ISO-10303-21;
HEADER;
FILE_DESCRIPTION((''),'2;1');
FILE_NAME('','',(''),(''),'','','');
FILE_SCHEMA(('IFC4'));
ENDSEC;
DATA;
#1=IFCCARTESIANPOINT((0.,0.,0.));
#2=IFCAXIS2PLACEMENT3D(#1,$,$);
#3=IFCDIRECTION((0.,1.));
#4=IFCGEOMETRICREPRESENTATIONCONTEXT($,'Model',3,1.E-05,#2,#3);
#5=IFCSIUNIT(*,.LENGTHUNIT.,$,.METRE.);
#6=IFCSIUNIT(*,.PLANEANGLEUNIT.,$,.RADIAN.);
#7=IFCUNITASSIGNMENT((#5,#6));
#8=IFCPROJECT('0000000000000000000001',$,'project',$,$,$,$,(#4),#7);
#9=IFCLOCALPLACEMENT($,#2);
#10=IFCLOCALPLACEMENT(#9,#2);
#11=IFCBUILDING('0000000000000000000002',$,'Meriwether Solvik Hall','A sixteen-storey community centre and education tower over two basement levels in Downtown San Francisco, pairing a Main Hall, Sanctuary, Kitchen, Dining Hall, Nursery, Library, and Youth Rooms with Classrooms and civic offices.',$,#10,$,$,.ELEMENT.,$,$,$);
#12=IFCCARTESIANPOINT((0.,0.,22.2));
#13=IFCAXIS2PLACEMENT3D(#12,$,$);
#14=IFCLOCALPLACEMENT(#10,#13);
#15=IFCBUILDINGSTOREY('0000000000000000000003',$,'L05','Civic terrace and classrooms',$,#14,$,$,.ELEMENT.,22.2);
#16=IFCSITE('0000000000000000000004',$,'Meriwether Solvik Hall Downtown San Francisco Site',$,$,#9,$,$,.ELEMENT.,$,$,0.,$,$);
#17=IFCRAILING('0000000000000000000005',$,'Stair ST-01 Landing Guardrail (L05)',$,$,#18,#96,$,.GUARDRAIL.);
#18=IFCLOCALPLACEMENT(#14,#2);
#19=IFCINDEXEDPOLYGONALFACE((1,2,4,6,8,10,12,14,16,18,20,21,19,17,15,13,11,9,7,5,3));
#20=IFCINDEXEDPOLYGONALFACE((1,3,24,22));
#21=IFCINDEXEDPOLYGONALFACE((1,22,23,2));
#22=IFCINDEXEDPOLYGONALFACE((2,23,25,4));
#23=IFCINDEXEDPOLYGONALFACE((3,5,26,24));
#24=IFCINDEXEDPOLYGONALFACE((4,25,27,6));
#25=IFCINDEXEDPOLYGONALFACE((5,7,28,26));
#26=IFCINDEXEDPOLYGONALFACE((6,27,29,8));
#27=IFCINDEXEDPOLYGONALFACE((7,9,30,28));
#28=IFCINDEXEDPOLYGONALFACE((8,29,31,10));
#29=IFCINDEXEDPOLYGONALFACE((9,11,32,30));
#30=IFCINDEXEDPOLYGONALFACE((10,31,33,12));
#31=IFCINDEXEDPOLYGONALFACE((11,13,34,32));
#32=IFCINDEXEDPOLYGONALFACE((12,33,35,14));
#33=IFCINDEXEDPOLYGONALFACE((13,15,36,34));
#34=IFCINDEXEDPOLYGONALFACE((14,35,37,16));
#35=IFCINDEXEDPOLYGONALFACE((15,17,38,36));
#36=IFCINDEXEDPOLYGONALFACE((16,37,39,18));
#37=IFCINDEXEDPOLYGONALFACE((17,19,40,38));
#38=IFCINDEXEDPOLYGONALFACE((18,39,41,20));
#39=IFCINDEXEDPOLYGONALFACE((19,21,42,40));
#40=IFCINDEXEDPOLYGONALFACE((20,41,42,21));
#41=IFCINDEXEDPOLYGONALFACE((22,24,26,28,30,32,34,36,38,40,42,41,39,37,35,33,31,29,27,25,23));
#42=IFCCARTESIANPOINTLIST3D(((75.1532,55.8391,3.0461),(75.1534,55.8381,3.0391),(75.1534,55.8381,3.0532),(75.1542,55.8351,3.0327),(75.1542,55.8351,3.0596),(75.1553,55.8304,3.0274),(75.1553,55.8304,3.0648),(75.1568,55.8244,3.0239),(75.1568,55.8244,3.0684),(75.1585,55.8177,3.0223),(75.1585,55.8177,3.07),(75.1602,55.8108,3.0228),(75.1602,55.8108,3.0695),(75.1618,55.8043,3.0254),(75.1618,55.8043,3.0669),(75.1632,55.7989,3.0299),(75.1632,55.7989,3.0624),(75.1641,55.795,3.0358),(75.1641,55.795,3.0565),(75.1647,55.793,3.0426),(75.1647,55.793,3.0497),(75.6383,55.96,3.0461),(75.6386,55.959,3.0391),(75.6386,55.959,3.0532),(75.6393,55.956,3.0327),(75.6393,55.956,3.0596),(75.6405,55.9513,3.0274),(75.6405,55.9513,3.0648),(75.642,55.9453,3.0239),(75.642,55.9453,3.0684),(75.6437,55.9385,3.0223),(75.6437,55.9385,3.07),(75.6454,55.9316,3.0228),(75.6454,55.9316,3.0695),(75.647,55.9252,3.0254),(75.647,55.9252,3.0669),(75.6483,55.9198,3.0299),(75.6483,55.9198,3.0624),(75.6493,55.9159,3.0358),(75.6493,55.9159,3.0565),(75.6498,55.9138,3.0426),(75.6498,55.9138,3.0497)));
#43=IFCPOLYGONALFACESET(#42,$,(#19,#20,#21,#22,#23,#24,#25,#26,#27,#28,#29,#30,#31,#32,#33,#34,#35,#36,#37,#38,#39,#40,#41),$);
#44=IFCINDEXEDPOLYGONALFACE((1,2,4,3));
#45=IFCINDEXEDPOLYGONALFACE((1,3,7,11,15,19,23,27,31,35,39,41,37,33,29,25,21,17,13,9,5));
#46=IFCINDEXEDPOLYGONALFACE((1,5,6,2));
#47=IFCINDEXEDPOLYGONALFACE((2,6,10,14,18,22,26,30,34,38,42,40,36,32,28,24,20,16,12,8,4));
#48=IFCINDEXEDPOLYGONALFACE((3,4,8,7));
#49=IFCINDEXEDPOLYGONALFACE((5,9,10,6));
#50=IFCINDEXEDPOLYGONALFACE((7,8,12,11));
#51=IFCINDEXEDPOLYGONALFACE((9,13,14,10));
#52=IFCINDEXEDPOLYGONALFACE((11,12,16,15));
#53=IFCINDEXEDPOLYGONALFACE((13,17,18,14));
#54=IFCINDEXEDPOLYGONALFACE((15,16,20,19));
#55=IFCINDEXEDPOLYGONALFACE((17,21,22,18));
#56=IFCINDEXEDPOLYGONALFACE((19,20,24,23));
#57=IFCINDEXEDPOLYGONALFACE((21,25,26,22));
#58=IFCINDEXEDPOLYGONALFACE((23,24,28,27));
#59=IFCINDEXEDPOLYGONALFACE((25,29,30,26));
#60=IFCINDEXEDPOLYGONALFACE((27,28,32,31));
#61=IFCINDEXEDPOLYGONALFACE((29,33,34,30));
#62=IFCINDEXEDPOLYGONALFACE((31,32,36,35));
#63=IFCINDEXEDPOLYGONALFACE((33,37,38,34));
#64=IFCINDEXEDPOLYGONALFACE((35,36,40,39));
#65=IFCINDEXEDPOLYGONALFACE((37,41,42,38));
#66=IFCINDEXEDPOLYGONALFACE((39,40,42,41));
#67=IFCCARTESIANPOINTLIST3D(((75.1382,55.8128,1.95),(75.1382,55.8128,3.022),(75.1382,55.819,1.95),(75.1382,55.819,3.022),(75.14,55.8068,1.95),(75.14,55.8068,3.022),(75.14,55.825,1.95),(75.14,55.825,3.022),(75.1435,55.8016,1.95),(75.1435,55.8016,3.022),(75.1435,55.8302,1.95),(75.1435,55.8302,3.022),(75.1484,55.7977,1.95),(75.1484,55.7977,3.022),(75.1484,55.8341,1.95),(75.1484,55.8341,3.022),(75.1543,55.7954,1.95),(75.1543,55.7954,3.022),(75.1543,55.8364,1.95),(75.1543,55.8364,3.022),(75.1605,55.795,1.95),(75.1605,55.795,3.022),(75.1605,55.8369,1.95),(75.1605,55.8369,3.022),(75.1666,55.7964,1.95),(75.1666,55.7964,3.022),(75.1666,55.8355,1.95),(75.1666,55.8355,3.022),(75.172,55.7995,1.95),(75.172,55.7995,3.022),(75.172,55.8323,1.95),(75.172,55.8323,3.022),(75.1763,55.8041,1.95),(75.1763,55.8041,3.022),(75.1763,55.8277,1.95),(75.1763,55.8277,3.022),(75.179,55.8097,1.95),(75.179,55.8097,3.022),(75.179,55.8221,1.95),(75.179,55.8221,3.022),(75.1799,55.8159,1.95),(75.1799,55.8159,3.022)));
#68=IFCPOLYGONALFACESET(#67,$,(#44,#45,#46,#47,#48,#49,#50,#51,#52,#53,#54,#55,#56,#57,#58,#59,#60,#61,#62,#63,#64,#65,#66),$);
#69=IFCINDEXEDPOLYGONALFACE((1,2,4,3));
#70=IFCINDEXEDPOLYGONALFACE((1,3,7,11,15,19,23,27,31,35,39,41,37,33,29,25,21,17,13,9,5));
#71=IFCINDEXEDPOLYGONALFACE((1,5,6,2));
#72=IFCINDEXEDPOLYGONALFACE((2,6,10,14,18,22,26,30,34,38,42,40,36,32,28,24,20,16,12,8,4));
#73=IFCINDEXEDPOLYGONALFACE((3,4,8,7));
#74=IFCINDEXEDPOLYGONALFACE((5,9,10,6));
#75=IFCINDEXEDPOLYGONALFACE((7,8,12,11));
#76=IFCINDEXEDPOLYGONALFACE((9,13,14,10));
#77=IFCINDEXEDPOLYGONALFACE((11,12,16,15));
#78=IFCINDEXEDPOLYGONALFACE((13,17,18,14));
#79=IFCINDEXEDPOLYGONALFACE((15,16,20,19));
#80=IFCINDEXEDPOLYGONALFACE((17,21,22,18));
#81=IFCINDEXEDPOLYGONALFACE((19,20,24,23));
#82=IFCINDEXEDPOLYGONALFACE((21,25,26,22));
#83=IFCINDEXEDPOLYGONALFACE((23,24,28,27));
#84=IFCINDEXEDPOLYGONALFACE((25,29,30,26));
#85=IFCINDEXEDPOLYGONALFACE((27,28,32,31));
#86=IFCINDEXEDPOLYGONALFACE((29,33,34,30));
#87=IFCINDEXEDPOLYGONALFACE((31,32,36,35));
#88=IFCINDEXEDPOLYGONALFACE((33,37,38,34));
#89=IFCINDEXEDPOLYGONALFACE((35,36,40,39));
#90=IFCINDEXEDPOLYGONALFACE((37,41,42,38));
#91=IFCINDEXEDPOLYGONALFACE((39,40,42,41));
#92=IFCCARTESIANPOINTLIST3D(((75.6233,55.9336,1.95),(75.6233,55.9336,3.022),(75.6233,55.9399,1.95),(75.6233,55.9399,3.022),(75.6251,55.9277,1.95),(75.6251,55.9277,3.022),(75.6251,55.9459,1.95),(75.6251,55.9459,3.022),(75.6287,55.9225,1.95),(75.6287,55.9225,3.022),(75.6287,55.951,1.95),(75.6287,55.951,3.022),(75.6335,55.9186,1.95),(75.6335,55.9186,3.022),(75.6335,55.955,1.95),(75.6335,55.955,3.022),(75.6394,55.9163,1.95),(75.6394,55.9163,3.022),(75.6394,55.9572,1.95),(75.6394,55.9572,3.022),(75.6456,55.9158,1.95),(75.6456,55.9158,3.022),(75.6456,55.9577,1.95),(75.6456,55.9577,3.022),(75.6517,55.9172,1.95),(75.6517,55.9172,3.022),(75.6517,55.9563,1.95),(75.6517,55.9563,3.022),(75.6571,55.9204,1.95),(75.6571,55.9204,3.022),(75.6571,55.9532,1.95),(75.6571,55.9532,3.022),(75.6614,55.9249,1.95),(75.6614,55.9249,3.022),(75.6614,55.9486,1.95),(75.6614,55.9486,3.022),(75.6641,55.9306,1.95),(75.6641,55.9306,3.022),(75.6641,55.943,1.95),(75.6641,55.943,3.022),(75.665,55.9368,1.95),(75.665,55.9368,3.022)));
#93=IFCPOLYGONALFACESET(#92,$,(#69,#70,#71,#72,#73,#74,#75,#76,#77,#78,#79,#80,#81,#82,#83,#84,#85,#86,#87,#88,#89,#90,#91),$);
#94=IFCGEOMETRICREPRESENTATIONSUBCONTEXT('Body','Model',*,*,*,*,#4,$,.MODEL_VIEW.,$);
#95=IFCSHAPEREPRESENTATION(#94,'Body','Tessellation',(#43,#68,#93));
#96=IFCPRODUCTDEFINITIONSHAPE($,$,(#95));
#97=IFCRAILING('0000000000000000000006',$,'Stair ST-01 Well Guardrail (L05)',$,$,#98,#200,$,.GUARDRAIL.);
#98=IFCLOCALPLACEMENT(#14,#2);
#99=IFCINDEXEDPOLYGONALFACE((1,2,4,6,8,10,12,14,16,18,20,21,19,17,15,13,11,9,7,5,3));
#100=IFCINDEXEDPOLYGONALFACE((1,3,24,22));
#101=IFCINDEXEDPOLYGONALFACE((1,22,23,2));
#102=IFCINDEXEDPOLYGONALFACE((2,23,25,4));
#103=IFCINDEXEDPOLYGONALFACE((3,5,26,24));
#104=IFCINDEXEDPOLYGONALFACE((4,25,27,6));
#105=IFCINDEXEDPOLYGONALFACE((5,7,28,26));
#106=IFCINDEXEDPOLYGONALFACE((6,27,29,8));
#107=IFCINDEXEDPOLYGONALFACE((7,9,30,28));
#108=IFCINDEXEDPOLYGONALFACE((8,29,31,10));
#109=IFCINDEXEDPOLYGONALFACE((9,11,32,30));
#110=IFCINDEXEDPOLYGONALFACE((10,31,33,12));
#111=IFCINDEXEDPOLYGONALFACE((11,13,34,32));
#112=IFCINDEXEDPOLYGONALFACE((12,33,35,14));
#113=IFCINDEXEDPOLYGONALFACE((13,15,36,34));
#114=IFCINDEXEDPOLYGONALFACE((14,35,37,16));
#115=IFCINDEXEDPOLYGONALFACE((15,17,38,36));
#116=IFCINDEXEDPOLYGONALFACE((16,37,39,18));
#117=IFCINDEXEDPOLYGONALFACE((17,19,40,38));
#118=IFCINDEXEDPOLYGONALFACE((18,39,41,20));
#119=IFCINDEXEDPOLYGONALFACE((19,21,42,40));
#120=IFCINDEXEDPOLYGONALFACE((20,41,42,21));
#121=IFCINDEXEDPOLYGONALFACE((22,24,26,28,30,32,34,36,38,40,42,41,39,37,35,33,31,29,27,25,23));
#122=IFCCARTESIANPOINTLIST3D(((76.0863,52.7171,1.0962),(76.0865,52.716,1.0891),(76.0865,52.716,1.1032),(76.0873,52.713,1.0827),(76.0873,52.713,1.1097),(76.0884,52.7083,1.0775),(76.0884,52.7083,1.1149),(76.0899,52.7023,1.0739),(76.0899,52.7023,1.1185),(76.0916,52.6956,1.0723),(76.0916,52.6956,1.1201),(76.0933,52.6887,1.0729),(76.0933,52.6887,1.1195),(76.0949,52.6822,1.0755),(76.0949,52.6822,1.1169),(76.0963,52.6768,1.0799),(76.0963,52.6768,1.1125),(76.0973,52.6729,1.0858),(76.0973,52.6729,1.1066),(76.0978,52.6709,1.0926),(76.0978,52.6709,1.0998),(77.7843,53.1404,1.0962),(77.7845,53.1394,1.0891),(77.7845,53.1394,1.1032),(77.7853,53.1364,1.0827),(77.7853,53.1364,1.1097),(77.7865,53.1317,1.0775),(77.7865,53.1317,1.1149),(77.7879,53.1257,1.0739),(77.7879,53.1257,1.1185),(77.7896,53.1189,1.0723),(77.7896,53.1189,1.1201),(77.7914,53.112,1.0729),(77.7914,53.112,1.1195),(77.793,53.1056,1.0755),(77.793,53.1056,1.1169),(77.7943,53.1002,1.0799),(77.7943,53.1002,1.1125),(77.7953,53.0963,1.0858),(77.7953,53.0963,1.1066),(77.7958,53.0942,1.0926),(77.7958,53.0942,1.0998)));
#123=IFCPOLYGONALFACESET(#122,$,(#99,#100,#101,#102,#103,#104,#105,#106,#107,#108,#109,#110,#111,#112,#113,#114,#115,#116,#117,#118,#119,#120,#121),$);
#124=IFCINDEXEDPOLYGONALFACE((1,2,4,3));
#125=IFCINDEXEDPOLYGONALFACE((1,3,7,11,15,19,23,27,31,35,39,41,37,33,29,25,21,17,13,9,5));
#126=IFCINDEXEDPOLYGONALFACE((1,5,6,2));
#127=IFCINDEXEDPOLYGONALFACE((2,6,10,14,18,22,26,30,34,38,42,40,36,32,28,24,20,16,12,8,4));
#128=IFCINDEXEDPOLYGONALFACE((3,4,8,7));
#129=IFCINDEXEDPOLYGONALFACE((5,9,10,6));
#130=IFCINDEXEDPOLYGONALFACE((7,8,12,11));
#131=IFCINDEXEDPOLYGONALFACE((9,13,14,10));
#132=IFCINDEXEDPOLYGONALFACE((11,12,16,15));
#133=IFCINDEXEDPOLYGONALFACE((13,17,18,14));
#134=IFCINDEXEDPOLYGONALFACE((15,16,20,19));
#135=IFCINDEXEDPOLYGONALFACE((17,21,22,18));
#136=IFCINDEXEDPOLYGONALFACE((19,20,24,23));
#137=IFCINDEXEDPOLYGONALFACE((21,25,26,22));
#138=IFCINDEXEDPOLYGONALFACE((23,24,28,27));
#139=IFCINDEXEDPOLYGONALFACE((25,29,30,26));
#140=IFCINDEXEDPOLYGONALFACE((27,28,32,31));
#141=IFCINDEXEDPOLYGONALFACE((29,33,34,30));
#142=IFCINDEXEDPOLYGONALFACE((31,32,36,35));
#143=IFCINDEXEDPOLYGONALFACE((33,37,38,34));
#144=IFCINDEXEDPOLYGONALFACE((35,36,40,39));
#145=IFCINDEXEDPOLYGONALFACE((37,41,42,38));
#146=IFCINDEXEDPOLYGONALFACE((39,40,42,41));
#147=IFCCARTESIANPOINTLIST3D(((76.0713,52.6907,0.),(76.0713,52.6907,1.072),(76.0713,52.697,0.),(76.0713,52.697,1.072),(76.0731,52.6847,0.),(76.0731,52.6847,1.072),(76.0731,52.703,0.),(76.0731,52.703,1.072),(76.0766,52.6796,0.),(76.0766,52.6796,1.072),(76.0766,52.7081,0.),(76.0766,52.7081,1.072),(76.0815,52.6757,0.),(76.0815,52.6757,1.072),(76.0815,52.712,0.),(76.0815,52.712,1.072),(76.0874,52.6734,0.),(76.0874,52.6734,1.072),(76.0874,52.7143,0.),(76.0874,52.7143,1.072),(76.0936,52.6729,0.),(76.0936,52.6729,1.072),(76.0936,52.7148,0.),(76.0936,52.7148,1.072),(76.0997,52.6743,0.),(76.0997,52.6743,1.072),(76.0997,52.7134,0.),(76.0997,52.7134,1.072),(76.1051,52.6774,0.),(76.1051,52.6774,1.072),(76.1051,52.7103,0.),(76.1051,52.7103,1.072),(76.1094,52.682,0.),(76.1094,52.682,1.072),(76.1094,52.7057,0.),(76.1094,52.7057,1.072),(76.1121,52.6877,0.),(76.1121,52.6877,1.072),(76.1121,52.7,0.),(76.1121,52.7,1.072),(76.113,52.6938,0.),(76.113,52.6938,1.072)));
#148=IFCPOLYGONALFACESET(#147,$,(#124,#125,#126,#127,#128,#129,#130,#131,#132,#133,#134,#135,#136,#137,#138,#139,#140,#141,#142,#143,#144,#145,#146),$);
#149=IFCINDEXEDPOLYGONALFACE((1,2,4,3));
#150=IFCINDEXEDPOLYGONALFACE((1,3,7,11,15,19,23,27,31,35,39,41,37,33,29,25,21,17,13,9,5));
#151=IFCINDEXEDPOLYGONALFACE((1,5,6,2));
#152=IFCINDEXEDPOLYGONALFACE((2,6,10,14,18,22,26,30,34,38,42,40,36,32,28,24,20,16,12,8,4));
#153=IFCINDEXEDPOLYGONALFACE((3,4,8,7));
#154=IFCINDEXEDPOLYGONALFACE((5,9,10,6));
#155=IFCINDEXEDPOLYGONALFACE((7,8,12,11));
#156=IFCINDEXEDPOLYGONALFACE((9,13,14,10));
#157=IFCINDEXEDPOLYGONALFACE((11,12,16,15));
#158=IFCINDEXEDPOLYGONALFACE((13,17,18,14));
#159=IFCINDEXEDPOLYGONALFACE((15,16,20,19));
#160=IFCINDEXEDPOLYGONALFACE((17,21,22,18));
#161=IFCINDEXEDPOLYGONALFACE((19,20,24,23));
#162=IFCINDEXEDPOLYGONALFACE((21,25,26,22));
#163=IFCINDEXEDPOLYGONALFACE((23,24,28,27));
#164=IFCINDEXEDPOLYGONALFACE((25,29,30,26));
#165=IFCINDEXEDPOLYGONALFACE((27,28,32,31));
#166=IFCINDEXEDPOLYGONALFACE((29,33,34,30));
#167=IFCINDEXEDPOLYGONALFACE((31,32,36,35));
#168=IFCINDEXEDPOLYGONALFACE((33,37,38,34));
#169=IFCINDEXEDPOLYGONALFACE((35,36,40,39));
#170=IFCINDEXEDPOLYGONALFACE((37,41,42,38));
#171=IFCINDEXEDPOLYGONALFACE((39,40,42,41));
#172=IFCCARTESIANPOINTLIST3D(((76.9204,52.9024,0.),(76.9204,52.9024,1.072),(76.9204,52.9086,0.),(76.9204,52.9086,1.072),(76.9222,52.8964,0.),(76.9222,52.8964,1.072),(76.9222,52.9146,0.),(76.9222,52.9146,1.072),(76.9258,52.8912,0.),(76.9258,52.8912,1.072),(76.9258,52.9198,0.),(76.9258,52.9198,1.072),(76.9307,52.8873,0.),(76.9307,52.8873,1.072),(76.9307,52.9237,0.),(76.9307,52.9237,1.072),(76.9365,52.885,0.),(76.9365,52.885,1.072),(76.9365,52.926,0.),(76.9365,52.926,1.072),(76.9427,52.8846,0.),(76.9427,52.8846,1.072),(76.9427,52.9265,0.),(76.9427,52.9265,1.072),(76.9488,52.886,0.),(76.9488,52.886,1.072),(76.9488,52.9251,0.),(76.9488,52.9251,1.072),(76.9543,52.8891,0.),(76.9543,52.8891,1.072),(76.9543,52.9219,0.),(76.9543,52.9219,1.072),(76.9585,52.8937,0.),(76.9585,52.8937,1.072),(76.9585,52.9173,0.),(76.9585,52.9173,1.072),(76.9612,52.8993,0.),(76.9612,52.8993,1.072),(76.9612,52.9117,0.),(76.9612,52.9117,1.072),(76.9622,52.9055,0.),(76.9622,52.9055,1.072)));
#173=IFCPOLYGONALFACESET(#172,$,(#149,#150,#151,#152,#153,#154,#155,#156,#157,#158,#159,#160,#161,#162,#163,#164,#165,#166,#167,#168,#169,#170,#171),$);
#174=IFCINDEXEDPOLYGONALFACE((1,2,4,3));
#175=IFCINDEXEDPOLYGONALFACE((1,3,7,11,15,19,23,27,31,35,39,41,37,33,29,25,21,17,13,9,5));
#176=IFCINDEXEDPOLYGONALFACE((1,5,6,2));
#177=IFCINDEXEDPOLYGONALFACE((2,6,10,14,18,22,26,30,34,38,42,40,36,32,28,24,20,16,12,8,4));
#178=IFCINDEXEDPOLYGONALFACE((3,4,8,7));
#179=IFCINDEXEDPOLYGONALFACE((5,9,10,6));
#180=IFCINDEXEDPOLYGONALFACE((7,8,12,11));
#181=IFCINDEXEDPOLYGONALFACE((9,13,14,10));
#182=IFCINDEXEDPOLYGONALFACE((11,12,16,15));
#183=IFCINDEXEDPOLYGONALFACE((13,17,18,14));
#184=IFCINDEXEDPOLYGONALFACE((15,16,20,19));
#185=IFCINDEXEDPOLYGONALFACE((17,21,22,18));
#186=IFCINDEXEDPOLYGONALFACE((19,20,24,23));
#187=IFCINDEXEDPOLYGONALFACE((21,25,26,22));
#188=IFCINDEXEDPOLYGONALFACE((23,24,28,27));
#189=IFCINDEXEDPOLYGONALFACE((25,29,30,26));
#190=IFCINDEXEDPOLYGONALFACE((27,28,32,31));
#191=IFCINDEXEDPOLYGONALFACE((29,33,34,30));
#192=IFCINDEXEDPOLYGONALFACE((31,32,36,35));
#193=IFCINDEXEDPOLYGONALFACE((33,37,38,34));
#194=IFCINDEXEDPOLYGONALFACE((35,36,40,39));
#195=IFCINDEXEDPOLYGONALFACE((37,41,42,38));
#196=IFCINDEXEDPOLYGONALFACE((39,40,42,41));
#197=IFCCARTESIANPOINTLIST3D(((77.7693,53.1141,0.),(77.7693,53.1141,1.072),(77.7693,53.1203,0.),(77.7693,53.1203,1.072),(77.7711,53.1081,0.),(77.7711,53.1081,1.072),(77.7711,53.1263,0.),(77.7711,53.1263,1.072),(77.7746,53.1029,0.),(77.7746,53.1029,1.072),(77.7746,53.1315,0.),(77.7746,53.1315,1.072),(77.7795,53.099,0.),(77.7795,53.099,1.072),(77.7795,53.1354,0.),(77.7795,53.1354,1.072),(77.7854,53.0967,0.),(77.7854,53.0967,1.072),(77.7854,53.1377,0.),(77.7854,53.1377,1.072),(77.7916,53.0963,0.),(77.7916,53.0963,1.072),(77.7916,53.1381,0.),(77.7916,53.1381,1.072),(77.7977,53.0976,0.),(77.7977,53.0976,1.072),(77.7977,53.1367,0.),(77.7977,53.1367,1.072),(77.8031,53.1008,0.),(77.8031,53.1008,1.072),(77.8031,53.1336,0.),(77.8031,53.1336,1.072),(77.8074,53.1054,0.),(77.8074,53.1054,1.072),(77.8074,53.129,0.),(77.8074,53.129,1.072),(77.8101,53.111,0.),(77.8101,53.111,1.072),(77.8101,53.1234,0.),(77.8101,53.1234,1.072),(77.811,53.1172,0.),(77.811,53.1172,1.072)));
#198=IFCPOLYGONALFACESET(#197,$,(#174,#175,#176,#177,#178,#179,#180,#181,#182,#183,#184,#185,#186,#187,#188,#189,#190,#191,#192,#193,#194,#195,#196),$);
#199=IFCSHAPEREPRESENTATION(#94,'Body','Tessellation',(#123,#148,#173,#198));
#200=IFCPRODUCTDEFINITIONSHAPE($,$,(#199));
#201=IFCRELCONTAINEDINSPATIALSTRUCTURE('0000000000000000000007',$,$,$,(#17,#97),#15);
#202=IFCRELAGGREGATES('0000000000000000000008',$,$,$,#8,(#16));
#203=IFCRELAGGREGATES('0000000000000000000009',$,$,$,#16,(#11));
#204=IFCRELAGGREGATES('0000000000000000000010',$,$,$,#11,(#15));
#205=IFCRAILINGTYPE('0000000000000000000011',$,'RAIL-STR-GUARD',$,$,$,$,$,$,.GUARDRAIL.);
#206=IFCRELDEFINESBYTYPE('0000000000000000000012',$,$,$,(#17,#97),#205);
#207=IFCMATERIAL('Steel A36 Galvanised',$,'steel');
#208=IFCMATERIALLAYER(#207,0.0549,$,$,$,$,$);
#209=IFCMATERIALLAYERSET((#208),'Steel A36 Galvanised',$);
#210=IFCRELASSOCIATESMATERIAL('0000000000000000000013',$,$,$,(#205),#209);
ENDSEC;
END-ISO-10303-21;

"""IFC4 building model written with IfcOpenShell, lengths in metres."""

from ifc_helpers import new_model, si_unit, direction, frame, origin, origin_2d, place, context, subcontext, project, spatial, circle, extrude, material, layer, layer_set, type_object, element, save


model = new_model("IFC4")

# Units and contexts
model_context = context("Model", 3, precision=1e-05, world=origin(), true_north=direction((0.0, 1.0)))
body_context = subcontext(model_context, "Body", "Model", "MODEL_VIEW")
ifc_project = project(units=[si_unit("LENGTHUNIT", "METRE"), si_unit("PLANEANGLEUNIT", "RADIAN")], contexts=[model_context])

# Site, building, storey
site_placement = place(None, origin())
site = spatial("IfcSite", under=ifc_project, at=site_placement, Name="Meriwether Solvik Hall Downtown San Francisco Site", CompositionType="ELEMENT", RefElevation=0.0)
building_placement = place(site_placement, origin())
building = spatial("IfcBuilding", under=site, at=building_placement, Name="Meriwether Solvik Hall", Description="A sixteen-storey community centre and education tower over two basement levels in Downtown San Francisco, pairing a Main Hall, Sanctuary, Kitchen, Dining Hall, Nursery, Library, and Youth Rooms with Classrooms and civic offices.", CompositionType="ELEMENT")
storey_placement = place(building_placement, frame((0.0, 0.0, 22.2)))
storey = spatial("IfcBuildingStorey", under=building, at=storey_placement, Name="L05", Description="Civic terrace and classrooms", CompositionType="ELEMENT", Elevation=22.2)

# Railings
ifc_material_1 = material(Name="Steel A36 Galvanised", Category="steel")
ifc_layer_1 = layer(ifc_material_1, 0.0549)
ifc_layer_set_1 = layer_set([ifc_layer_1], Name="Steel A36 Galvanised")
railing_type_1 = type_object("IfcRailingType", Name="RAIL-STR-GUARD", PredefinedType="GUARDRAIL", material=ifc_layer_set_1)
railing_1_placement = place(storey_placement, frame((75.1589, 55.8159, 1.95)))
element("IfcRailing", 1, at=railing_1_placement, inside=storey, type_object=railing_type_1, Name="Stair ST-01 Landing Guardrail (L05)", PredefinedType="GUARDRAIL", context=body_context, shape_type="SweptSolid", body=[
    extrude(circle(Radius=0.0239, at=origin_2d()), frame((0.0, 0.0, 1.0962), z_axis=(0.970343, 0.241731, 0.0), x_axis=(-0.241731, 0.970343, 0.0)), (0.0, 0.0, 1.0), 0.5),
    extrude(circle(Radius=0.021, at=origin_2d()), origin(), (0.0, 0.0, 1.0), 1.072),
    extrude(circle(Radius=0.021, at=origin_2d()), frame((0.4851, 0.1208, 0.0)), (0.0, 0.0, 1.0), 1.072),
])
railing_2_placement = place(storey_placement, frame((76.092, 52.6938, 0.0)))
element("IfcRailing", 2, at=railing_2_placement, inside=storey, type_object=railing_type_1, Name="Stair ST-01 Well Guardrail (L05)", PredefinedType="GUARDRAIL", context=body_context, shape_type="SweptSolid", body=[
    extrude(circle(Radius=0.0239, at=origin_2d()), frame((0.0, 0.0, 1.0962), z_axis=(0.970298, 0.241912, 0.0), x_axis=(-0.241912, 0.970298, 0.0)), (0.0, 0.0, 1.0), 1.75),
    extrude(circle(Radius=0.021, at=origin_2d()), origin(), (0.0, 0.0, 1.0), 1.072),
    extrude(circle(Radius=0.021, at=origin_2d()), frame((0.8491, 0.2117, 0.0)), (0.0, 0.0, 1.0), 1.072),
    extrude(circle(Radius=0.021, at=origin_2d()), frame((1.698, 0.4233, 0.0)), (0.0, 0.0, 1.0), 1.072),
])

save(model, "model.ifc")
